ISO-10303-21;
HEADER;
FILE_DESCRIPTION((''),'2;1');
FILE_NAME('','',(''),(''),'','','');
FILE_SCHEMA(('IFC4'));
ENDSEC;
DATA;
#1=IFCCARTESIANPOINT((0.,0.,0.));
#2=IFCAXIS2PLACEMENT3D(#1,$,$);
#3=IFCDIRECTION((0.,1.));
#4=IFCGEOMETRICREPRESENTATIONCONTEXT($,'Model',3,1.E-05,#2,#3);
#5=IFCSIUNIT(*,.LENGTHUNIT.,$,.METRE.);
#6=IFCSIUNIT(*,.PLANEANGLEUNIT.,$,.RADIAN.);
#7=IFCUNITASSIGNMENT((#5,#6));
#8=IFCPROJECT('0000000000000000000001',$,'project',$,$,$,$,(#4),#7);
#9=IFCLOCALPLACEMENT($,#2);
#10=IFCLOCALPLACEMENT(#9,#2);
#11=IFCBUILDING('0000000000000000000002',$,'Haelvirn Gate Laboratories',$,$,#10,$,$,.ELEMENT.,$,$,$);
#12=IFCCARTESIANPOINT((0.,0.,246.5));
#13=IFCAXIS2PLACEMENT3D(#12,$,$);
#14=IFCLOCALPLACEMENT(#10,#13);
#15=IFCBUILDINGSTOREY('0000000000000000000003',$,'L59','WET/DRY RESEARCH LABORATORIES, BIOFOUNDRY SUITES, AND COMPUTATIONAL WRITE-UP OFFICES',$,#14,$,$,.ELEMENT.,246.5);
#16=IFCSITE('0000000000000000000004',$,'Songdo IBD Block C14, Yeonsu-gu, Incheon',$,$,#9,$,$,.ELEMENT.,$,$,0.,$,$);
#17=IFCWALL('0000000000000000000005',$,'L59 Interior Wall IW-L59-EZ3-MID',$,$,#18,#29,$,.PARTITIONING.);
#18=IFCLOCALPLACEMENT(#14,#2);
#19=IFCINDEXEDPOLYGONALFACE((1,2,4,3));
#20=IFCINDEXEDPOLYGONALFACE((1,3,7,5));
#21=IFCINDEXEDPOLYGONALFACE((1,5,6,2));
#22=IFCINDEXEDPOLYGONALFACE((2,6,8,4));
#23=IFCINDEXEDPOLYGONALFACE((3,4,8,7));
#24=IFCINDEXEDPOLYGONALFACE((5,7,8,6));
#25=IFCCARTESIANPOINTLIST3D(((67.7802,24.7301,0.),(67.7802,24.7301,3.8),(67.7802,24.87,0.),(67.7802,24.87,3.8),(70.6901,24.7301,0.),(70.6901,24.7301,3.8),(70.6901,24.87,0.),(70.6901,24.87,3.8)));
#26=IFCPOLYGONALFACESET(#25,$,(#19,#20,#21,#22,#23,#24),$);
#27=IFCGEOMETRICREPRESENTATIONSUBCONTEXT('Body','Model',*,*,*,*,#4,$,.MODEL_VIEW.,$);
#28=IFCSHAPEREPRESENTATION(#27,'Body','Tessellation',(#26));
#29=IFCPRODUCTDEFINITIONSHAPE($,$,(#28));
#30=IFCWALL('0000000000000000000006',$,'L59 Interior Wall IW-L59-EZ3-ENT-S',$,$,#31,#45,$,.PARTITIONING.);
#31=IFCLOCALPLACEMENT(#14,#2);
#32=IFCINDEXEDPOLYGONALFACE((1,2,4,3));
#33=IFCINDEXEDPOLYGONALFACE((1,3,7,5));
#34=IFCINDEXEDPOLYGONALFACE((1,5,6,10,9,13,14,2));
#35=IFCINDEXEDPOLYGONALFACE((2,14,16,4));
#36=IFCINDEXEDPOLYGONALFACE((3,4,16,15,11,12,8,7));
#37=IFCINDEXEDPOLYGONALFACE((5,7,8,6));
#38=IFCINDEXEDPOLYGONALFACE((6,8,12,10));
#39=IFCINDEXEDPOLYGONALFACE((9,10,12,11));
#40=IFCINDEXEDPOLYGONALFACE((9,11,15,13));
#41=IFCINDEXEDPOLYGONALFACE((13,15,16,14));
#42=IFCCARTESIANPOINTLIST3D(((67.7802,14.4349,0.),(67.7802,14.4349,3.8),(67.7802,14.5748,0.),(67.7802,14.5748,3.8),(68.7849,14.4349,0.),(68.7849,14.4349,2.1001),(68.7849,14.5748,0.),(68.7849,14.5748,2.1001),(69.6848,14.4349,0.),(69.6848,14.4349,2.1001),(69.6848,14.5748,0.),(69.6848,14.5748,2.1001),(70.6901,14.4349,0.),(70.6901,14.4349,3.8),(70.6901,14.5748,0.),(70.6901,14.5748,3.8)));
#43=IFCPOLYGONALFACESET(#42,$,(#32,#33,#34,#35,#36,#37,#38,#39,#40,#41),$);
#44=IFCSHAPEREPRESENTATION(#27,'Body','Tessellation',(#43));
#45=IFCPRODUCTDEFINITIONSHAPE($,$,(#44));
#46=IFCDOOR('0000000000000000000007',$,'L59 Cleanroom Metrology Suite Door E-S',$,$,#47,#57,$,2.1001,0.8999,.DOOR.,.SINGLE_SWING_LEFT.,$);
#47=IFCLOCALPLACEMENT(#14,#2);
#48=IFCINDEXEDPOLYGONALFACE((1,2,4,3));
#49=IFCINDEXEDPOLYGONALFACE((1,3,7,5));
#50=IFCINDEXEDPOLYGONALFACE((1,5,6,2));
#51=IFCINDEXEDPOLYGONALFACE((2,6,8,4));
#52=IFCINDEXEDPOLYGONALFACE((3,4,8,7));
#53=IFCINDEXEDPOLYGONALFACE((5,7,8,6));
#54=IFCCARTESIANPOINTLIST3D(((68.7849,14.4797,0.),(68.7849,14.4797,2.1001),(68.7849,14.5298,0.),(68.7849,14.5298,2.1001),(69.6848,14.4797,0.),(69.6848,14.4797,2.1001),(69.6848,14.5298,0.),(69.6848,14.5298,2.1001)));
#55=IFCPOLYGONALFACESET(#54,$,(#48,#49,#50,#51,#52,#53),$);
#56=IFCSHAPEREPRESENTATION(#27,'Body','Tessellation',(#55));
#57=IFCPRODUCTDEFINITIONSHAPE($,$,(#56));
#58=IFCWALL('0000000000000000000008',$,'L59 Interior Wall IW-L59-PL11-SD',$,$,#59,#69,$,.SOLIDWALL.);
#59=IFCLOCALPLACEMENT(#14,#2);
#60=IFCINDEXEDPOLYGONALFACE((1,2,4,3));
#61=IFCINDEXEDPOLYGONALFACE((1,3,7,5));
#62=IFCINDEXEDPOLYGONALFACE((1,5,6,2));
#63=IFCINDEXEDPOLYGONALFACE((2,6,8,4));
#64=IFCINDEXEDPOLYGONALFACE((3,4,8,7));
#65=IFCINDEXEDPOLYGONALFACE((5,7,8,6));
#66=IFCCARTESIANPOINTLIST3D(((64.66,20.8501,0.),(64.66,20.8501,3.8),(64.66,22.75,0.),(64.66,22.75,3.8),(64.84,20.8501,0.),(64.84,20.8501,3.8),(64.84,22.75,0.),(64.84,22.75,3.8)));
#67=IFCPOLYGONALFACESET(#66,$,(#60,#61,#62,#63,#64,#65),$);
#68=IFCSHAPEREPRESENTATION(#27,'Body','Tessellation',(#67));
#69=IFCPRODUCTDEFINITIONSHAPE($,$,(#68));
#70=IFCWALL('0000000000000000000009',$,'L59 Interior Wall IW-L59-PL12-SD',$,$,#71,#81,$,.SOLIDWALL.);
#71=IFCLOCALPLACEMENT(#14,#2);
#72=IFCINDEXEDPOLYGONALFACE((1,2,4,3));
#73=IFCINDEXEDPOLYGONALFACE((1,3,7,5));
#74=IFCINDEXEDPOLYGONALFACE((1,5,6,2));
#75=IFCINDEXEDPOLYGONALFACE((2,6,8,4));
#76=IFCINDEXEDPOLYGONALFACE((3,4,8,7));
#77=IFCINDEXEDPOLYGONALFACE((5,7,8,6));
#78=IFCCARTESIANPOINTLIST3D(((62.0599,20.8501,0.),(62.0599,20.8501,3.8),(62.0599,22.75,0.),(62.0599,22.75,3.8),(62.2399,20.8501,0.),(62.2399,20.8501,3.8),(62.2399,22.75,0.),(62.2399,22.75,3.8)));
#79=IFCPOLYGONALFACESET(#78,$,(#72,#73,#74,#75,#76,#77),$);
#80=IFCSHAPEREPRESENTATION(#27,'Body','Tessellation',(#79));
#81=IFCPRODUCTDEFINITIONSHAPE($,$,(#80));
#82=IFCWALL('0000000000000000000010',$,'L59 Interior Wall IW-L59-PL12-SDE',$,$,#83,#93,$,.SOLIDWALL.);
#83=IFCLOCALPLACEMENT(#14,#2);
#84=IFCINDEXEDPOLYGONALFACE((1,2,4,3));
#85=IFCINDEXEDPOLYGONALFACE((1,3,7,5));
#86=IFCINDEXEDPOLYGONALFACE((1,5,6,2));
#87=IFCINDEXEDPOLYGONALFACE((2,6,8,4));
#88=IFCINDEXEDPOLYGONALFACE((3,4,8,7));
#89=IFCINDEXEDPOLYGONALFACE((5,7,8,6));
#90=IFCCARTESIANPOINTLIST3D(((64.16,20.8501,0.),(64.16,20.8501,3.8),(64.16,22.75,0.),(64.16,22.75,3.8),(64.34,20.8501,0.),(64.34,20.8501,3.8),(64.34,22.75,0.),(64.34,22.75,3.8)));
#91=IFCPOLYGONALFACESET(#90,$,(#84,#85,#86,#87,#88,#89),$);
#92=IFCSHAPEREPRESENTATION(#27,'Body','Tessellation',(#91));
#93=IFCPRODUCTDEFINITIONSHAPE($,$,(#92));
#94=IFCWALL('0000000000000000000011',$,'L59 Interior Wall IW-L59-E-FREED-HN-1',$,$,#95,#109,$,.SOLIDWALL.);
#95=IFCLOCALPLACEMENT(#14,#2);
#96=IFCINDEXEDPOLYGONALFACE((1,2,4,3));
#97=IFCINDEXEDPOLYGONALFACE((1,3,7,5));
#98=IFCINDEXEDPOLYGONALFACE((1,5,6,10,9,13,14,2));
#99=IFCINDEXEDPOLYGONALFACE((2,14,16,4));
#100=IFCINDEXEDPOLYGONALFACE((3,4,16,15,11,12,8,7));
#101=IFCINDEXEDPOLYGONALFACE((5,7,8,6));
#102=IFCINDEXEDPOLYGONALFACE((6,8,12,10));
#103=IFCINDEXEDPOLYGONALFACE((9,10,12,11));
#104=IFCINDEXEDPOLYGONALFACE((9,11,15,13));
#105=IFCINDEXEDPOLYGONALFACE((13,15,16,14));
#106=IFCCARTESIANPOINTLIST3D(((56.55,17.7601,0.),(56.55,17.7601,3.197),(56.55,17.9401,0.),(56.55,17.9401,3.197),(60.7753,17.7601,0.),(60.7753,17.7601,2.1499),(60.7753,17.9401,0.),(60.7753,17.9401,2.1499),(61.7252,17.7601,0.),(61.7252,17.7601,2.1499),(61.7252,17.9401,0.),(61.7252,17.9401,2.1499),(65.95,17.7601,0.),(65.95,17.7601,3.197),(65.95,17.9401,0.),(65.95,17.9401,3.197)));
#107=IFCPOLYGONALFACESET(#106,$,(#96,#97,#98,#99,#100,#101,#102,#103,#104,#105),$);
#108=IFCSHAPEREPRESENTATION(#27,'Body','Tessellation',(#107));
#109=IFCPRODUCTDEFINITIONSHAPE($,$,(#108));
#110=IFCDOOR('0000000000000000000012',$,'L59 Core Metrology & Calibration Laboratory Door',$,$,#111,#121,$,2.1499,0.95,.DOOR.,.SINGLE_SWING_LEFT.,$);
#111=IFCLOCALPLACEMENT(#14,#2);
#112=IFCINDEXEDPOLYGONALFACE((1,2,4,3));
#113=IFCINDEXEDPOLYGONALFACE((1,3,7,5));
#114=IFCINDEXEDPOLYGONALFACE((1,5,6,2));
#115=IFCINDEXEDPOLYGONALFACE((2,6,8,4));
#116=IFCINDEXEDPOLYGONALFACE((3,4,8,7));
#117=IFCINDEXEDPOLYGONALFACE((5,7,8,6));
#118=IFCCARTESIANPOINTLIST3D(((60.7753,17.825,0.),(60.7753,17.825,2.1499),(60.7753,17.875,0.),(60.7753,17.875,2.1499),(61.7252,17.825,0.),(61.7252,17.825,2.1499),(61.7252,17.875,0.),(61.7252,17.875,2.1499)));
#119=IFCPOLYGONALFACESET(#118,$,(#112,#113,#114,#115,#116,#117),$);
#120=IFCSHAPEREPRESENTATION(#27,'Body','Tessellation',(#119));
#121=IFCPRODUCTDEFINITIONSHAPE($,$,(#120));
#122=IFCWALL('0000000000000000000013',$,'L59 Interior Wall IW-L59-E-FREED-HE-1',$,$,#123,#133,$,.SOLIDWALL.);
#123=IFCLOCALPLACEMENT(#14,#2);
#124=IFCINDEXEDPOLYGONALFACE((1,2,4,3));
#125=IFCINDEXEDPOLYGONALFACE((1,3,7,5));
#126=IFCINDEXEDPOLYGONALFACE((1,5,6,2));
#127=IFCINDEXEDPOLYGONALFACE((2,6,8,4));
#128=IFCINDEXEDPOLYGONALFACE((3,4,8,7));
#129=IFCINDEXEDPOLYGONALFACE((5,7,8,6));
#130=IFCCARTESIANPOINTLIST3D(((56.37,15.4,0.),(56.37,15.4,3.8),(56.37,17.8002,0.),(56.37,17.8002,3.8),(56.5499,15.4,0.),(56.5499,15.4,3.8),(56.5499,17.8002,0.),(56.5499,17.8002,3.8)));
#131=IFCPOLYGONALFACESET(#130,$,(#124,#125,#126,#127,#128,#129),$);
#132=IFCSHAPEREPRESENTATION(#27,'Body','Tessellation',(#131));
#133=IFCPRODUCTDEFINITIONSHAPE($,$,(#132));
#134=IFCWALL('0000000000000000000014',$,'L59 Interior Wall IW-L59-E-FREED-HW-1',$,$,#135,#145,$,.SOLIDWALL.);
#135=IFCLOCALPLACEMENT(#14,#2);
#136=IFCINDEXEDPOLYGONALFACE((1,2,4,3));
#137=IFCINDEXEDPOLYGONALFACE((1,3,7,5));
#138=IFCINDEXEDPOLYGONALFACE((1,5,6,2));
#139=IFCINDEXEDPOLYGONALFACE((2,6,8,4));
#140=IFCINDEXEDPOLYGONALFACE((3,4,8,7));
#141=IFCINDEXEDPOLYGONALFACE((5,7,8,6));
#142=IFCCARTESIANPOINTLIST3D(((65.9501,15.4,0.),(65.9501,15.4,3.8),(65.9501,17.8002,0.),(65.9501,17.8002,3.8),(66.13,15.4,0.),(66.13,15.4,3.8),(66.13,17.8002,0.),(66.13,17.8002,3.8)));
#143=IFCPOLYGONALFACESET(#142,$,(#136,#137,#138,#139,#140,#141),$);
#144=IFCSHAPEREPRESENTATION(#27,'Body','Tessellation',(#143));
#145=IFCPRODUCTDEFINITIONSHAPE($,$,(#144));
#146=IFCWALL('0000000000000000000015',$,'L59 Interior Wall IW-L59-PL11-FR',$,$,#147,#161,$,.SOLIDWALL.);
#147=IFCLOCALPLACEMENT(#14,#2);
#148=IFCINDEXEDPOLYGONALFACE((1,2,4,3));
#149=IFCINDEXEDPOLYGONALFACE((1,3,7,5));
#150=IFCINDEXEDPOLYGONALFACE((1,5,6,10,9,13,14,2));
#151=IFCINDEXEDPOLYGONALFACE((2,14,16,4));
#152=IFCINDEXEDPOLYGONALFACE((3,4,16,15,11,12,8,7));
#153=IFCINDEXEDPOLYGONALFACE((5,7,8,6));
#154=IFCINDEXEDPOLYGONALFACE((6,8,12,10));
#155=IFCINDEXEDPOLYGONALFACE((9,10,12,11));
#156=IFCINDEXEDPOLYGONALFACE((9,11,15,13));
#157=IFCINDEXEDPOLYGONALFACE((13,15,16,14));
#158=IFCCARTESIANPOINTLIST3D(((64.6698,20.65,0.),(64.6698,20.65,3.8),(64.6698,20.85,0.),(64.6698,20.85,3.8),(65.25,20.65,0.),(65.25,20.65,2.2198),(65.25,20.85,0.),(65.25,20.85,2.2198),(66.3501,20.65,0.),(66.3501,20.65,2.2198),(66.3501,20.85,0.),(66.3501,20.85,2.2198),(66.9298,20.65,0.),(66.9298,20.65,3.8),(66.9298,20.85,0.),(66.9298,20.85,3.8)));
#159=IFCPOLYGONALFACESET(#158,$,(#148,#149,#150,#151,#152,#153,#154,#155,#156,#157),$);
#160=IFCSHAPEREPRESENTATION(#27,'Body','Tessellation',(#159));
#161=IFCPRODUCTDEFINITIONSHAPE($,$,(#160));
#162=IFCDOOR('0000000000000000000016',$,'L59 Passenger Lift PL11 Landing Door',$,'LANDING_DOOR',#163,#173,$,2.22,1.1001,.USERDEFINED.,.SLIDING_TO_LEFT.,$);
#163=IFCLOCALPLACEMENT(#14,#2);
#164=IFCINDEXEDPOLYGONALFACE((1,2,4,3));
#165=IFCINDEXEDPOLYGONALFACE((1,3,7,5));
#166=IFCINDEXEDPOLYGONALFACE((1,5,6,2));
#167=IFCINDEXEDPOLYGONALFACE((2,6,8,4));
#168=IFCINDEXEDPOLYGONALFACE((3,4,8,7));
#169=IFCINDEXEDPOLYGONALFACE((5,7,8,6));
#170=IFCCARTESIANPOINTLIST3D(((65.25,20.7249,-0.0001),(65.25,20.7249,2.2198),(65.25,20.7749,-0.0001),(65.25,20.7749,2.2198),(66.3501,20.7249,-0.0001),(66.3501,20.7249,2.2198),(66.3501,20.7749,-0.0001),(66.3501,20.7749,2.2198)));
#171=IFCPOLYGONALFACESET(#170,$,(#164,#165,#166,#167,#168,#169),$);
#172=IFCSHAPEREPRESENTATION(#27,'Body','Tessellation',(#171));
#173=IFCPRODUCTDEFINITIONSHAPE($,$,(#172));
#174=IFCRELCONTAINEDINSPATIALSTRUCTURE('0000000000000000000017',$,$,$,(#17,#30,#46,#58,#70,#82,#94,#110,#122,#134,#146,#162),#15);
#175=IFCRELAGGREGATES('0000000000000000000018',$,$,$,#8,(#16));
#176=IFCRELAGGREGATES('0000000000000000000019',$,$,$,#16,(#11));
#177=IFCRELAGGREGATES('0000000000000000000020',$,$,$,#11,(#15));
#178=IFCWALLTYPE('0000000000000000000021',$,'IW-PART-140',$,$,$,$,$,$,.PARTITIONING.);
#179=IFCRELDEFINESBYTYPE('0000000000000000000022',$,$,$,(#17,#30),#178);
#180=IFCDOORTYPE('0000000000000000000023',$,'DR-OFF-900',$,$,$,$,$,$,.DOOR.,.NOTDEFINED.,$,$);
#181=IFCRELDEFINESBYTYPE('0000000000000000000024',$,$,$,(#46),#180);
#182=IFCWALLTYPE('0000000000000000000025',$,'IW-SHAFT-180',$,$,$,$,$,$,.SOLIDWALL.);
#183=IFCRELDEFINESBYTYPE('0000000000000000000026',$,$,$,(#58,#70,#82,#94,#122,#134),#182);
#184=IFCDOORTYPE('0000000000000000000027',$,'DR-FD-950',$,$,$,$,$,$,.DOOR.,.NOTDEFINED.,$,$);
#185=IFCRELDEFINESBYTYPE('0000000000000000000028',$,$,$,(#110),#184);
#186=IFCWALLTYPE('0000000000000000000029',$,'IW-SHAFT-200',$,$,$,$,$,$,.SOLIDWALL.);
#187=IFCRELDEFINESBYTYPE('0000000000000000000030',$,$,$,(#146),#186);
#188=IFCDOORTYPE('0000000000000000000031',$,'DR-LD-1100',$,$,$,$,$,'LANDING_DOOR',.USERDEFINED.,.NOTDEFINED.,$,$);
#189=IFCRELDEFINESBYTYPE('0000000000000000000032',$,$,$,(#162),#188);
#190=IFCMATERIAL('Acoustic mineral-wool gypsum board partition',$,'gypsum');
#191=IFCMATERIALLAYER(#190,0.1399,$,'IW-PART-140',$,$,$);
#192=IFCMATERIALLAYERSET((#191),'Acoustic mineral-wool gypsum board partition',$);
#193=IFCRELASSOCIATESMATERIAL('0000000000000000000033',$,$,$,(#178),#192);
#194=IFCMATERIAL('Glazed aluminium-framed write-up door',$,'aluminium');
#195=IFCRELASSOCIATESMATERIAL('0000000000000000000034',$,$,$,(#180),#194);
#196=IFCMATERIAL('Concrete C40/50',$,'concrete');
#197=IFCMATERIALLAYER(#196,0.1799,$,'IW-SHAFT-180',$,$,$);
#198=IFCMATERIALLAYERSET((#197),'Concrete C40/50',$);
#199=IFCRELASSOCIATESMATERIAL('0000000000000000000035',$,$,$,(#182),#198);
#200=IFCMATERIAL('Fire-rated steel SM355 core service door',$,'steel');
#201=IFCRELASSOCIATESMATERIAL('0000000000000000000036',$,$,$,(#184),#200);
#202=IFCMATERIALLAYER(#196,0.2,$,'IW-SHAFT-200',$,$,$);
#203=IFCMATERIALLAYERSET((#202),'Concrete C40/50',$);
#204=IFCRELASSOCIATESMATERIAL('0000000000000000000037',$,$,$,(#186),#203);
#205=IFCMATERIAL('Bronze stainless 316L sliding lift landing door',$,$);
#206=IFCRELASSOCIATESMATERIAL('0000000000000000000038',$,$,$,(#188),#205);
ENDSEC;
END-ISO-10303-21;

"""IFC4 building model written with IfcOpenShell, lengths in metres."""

from ifc_helpers import new_model, si_unit, direction, frame, frame_2d, origin, place, context, subcontext, project, spatial, rectangle, extrude, source, transform, mapped, material, layer, layer_set, type_object, type_shapes, element, fill, save


model = new_model("IFC4")

# Units and contexts
model_context = context("Model", 3, precision=1e-05, world=origin(), true_north=direction((0.0, 1.0)))
body_context = subcontext(model_context, "Body", "Model", "MODEL_VIEW")
ifc_project = project(units=[si_unit("LENGTHUNIT", "METRE"), si_unit("PLANEANGLEUNIT", "RADIAN")], contexts=[model_context])

# Site, building, storey
site_placement = place(None, origin())
site = spatial("IfcSite", under=ifc_project, at=site_placement, Name="Songdo IBD Block C14, Yeonsu-gu, Incheon", CompositionType="ELEMENT", RefElevation=0.0)
building_placement = place(site_placement, origin())
building = spatial("IfcBuilding", under=site, at=building_placement, Name="Haelvirn Gate Laboratories", CompositionType="ELEMENT")
storey_placement = place(building_placement, frame((0.0, 0.0, 246.5)))
storey = spatial("IfcBuildingStorey", under=building, at=storey_placement, Name="L59", Description="WET/DRY RESEARCH LABORATORIES, BIOFOUNDRY SUITES, AND COMPUTATIONAL WRITE-UP OFFICES", CompositionType="ELEMENT", Elevation=246.5)

# Wall
ifc_material_1 = material(Name="Acoustic mineral-wool gypsum board partition", Category="gypsum")
ifc_layer_1 = layer(ifc_material_1, 0.1399, Name="IW-PART-140")
ifc_layer_set_1 = layer_set([ifc_layer_1], Name="Acoustic mineral-wool gypsum board partition")
wall_type_1 = type_object("IfcWallType", Name="IW-PART-140", PredefinedType="PARTITIONING", material=ifc_layer_set_1)
wall_1_placement = place(storey_placement, frame((67.78, 24.8, 0.0), z_axis=(0.0, 0.0, 1.0), x_axis=(1.0, 0.0, 0.0)))
element("IfcWall", 1, at=wall_1_placement, inside=storey, type_object=wall_type_1, Name="L59 Interior Wall IW-L59-EZ3-MID", PredefinedType="PARTITIONING", context=body_context, shape_type="SweptSolid", body=[
    extrude(rectangle(XDim=2.9099, YDim=0.1399, at=frame_2d((1.4551, 0.0))), origin(), (0.0, 0.0, 1.0), 3.8),
])

# Wall, opening, door
wall_2_placement = place(storey_placement, frame((67.78, 14.5049, 0.0), z_axis=(0.0, 0.0, 1.0), x_axis=(1.0, 0.0, 0.0)))
wall_2 = element("IfcWall", 2, at=wall_2_placement, inside=storey, type_object=wall_type_1, Name="L59 Interior Wall IW-L59-EZ3-ENT-S", PredefinedType="PARTITIONING", context=body_context, shape_type="SweptSolid", body=[
    extrude(rectangle(XDim=2.9099, YDim=0.1399, at=frame_2d((1.4551, 0.0))), origin(), (0.0, 0.0, 1.0), 3.8),
])
opening_1_placement = place(wall_2_placement, frame((1.0049, 0.0, 0.0)))
opening_1 = element("IfcOpeningElement", 3, at=opening_1_placement, cuts=wall_2, PredefinedType="OPENING", context=body_context, shape_type="SweptSolid", body=[
    extrude(rectangle(XDim=0.8999, YDim=2.1001, at=frame_2d((0.45, 1.05))), frame((0.0, 0.0801, 0.0), z_axis=(0.0, -1.0, 0.0), x_axis=(1.0, 0.0, 0.0)), (0.0, 0.0, 1.0), 0.1599),
])
ifc_material_2 = material(Name="Glazed aluminium-framed write-up door", Category="aluminium")
door_type_1 = type_object("IfcDoorType", Name="DR-OFF-900", OperationType="NOTDEFINED", PredefinedType="DOOR", material=ifc_material_2)
shared_shape_1 = source(origin(), body_context, "Body", "SweptSolid", [
    extrude(rectangle(XDim=0.8999, YDim=2.1001, at=frame_2d((0.45, 1.05))), frame((0.0, 0.0249, 0.0), z_axis=(0.0, -1.0, 0.0), x_axis=(1.0, 0.0, 0.0)), (0.0, 0.0, 1.0), 0.05),
])
type_shapes(door_type_1, [shared_shape_1])
door_1_placement = place(opening_1_placement, origin())
door_1 = element("IfcDoor", 4, at=door_1_placement, inside=storey, type_object=door_type_1, Name="L59 Cleanroom Metrology Suite Door E-S", OperationType="SINGLE_SWING_LEFT", OverallHeight=2.1001, OverallWidth=0.8999, PredefinedType="DOOR", context=body_context, shape_type="MappedRepresentation", body=[
    mapped(shared_shape_1, transform((0.0, 0.0, 0.0), scale=1.0)),
])
fill(opening_1, door_1)

# Walls
ifc_material_3 = material(Name="Concrete C40/50", Category="concrete")
ifc_layer_2 = layer(ifc_material_3, 0.1799, Name="IW-SHAFT-180")
ifc_layer_set_2 = layer_set([ifc_layer_2], Name="Concrete C40/50")
wall_type_2 = type_object("IfcWallType", Name="IW-SHAFT-180", PredefinedType="SOLIDWALL", material=ifc_layer_set_2)
for number, where, z_axis, x_axis, name in (
    (5, (64.75, 20.8501, 0.0), (0.0, 0.0, 1.0), (0.0, 1.0, 0.0), "L59 Interior Wall IW-L59-PL11-SD"),
    (6, (62.1499, 20.8501, 0.0), (0.0, 0.0, 1.0), (0.0, 1.0, 0.0), "L59 Interior Wall IW-L59-PL12-SD"),
    (7, (64.25, 20.8501, 0.0), (0.0, 0.0, 1.0), (0.0, 1.0, 0.0), "L59 Interior Wall IW-L59-PL12-SDE"),
):
    element("IfcWall", number, at=place(storey_placement, frame(where, z_axis=z_axis, x_axis=x_axis)), inside=storey, type_object=wall_type_2, Name=name, PredefinedType="SOLIDWALL", context=body_context, shape_type="SweptSolid", body=[
        extrude(rectangle(XDim=1.8999, YDim=0.1799, at=frame_2d((0.95, 0.0))), origin(), (0.0, 0.0, 1.0), 3.8),
    ])

# Wall, opening, door
wall_3_placement = place(storey_placement, frame((56.55, 17.8501, 0.0), z_axis=(0.0, 0.0, 1.0), x_axis=(1.0, 0.0, 0.0)))
wall_3 = element("IfcWall", 8, at=wall_3_placement, inside=storey, type_object=wall_type_2, Name="L59 Interior Wall IW-L59-E-FREED-HN-1", PredefinedType="SOLIDWALL", context=body_context, shape_type="SweptSolid", body=[
    extrude(rectangle(XDim=9.3999, YDim=0.1799, at=frame_2d((4.7, 0.0))), origin(), (0.0, 0.0, 1.0), 3.197),
])
opening_2_placement = place(wall_3_placement, frame((4.2251, 0.0, 0.0)))
opening_2 = element("IfcOpeningElement", 9, at=opening_2_placement, cuts=wall_3, PredefinedType="OPENING", context=body_context, shape_type="SweptSolid", body=[
    extrude(rectangle(XDim=0.95, YDim=2.1499, at=frame_2d((0.4751, 1.075))), frame((0.0, 0.1001, 0.0), z_axis=(0.0, -1.0, 0.0), x_axis=(1.0, 0.0, 0.0)), (0.0, 0.0, 1.0), 0.2),
])
ifc_material_4 = material(Name="Fire-rated steel SM355 core service door", Category="steel")
door_type_2 = type_object("IfcDoorType", Name="DR-FD-950", OperationType="NOTDEFINED", PredefinedType="DOOR", material=ifc_material_4)
shared_shape_2 = source(origin(), body_context, "Body", "SweptSolid", [
    extrude(rectangle(XDim=0.95, YDim=2.1499, at=frame_2d((0.4751, 1.075))), frame((0.0, 0.0249, 0.0), z_axis=(0.0, -1.0, 0.0), x_axis=(1.0, 0.0, 0.0)), (0.0, 0.0, 1.0), 0.05),
])
type_shapes(door_type_2, [shared_shape_2])
door_2_placement = place(opening_2_placement, origin())
door_2 = element("IfcDoor", 10, at=door_2_placement, inside=storey, type_object=door_type_2, Name="L59 Core Metrology & Calibration Laboratory Door", OperationType="SINGLE_SWING_LEFT", OverallHeight=2.1499, OverallWidth=0.95, PredefinedType="DOOR", context=body_context, shape_type="MappedRepresentation", body=[
    mapped(shared_shape_2, transform((0.0, 0.0, 0.0), scale=1.0)),
])
fill(opening_2, door_2)

# Walls
for number, where, z_axis, x_axis, name in (
    (11, (56.46, 15.3999, 0.0), (0.0, 0.0, 1.0), (0.0, 1.0, 0.0), "L59 Interior Wall IW-L59-E-FREED-HE-1"),
    (12, (66.04, 15.3999, 0.0), (0.0, 0.0, 1.0), (0.0, 1.0, 0.0), "L59 Interior Wall IW-L59-E-FREED-HW-1"),
):
    element("IfcWall", number, at=place(storey_placement, frame(where, z_axis=z_axis, x_axis=x_axis)), inside=storey, type_object=wall_type_2, Name=name, PredefinedType="SOLIDWALL", context=body_context, shape_type="SweptSolid", body=[
        extrude(rectangle(XDim=2.4001, YDim=0.1799, at=frame_2d((1.2002, 0.0))), origin(), (0.0, 0.0, 1.0), 3.8),
    ])

# Wall, opening, door
ifc_layer_3 = layer(ifc_material_3, 0.2, Name="IW-SHAFT-200")
ifc_layer_set_3 = layer_set([ifc_layer_3], Name="Concrete C40/50")
wall_type_3 = type_object("IfcWallType", Name="IW-SHAFT-200", PredefinedType="SOLIDWALL", material=ifc_layer_set_3)
wall_4_placement = place(storey_placement, frame((64.6699, 20.75, 0.0), z_axis=(0.0, 0.0, 1.0), x_axis=(1.0, 0.0, 0.0)))
wall_4 = element("IfcWall", 13, at=wall_4_placement, inside=storey, type_object=wall_type_3, Name="L59 Interior Wall IW-L59-PL11-FR", PredefinedType="SOLIDWALL", context=body_context, shape_type="SweptSolid", body=[
    extrude(rectangle(XDim=2.26, YDim=0.2, at=frame_2d((1.1299, 0.0))), origin(), (0.0, 0.0, 1.0), 3.8),
])
opening_3_placement = place(wall_4_placement, frame((0.5801, 0.0, 0.0)))
opening_3 = element("IfcOpeningElement", 14, at=opening_3_placement, cuts=wall_4, PredefinedType="OPENING", context=body_context, shape_type="SweptSolid", body=[
    extrude(rectangle(XDim=1.1001, YDim=2.22, at=frame_2d((0.55, 1.1099))), frame((0.0, 0.1099, 0.0), z_axis=(0.0, -1.0, 0.0), x_axis=(1.0, 0.0, 0.0)), (0.0, 0.0, 1.0), 0.22),
])
ifc_material_5 = material(Name="Bronze stainless 316L sliding lift landing door")
door_type_3 = type_object("IfcDoorType", Name="DR-LD-1100", ElementType="LANDING_DOOR", OperationType="NOTDEFINED", PredefinedType="USERDEFINED", material=ifc_material_5)
shared_shape_3 = source(origin(), body_context, "Body", "SweptSolid", [
    extrude(rectangle(XDim=1.1001, YDim=2.22, at=frame_2d((0.55, 1.1099))), frame((0.0, 0.0249, 0.0), z_axis=(0.0, -1.0, 0.0), x_axis=(1.0, 0.0, 0.0)), (0.0, 0.0, 1.0), 0.05),
])
type_shapes(door_type_3, [shared_shape_3])
door_3_placement = place(opening_3_placement, origin())
door_3 = element("IfcDoor", 15, at=door_3_placement, inside=storey, type_object=door_type_3, Name="L59 Passenger Lift PL11 Landing Door", ObjectType="LANDING_DOOR", OperationType="SLIDING_TO_LEFT", OverallHeight=2.22, OverallWidth=1.1001, PredefinedType="USERDEFINED", context=body_context, shape_type="MappedRepresentation", body=[
    mapped(shared_shape_3, transform((0.0, 0.0, 0.0), scale=1.0)),
])
fill(opening_3, door_3)

save(model, "model.ifc")
